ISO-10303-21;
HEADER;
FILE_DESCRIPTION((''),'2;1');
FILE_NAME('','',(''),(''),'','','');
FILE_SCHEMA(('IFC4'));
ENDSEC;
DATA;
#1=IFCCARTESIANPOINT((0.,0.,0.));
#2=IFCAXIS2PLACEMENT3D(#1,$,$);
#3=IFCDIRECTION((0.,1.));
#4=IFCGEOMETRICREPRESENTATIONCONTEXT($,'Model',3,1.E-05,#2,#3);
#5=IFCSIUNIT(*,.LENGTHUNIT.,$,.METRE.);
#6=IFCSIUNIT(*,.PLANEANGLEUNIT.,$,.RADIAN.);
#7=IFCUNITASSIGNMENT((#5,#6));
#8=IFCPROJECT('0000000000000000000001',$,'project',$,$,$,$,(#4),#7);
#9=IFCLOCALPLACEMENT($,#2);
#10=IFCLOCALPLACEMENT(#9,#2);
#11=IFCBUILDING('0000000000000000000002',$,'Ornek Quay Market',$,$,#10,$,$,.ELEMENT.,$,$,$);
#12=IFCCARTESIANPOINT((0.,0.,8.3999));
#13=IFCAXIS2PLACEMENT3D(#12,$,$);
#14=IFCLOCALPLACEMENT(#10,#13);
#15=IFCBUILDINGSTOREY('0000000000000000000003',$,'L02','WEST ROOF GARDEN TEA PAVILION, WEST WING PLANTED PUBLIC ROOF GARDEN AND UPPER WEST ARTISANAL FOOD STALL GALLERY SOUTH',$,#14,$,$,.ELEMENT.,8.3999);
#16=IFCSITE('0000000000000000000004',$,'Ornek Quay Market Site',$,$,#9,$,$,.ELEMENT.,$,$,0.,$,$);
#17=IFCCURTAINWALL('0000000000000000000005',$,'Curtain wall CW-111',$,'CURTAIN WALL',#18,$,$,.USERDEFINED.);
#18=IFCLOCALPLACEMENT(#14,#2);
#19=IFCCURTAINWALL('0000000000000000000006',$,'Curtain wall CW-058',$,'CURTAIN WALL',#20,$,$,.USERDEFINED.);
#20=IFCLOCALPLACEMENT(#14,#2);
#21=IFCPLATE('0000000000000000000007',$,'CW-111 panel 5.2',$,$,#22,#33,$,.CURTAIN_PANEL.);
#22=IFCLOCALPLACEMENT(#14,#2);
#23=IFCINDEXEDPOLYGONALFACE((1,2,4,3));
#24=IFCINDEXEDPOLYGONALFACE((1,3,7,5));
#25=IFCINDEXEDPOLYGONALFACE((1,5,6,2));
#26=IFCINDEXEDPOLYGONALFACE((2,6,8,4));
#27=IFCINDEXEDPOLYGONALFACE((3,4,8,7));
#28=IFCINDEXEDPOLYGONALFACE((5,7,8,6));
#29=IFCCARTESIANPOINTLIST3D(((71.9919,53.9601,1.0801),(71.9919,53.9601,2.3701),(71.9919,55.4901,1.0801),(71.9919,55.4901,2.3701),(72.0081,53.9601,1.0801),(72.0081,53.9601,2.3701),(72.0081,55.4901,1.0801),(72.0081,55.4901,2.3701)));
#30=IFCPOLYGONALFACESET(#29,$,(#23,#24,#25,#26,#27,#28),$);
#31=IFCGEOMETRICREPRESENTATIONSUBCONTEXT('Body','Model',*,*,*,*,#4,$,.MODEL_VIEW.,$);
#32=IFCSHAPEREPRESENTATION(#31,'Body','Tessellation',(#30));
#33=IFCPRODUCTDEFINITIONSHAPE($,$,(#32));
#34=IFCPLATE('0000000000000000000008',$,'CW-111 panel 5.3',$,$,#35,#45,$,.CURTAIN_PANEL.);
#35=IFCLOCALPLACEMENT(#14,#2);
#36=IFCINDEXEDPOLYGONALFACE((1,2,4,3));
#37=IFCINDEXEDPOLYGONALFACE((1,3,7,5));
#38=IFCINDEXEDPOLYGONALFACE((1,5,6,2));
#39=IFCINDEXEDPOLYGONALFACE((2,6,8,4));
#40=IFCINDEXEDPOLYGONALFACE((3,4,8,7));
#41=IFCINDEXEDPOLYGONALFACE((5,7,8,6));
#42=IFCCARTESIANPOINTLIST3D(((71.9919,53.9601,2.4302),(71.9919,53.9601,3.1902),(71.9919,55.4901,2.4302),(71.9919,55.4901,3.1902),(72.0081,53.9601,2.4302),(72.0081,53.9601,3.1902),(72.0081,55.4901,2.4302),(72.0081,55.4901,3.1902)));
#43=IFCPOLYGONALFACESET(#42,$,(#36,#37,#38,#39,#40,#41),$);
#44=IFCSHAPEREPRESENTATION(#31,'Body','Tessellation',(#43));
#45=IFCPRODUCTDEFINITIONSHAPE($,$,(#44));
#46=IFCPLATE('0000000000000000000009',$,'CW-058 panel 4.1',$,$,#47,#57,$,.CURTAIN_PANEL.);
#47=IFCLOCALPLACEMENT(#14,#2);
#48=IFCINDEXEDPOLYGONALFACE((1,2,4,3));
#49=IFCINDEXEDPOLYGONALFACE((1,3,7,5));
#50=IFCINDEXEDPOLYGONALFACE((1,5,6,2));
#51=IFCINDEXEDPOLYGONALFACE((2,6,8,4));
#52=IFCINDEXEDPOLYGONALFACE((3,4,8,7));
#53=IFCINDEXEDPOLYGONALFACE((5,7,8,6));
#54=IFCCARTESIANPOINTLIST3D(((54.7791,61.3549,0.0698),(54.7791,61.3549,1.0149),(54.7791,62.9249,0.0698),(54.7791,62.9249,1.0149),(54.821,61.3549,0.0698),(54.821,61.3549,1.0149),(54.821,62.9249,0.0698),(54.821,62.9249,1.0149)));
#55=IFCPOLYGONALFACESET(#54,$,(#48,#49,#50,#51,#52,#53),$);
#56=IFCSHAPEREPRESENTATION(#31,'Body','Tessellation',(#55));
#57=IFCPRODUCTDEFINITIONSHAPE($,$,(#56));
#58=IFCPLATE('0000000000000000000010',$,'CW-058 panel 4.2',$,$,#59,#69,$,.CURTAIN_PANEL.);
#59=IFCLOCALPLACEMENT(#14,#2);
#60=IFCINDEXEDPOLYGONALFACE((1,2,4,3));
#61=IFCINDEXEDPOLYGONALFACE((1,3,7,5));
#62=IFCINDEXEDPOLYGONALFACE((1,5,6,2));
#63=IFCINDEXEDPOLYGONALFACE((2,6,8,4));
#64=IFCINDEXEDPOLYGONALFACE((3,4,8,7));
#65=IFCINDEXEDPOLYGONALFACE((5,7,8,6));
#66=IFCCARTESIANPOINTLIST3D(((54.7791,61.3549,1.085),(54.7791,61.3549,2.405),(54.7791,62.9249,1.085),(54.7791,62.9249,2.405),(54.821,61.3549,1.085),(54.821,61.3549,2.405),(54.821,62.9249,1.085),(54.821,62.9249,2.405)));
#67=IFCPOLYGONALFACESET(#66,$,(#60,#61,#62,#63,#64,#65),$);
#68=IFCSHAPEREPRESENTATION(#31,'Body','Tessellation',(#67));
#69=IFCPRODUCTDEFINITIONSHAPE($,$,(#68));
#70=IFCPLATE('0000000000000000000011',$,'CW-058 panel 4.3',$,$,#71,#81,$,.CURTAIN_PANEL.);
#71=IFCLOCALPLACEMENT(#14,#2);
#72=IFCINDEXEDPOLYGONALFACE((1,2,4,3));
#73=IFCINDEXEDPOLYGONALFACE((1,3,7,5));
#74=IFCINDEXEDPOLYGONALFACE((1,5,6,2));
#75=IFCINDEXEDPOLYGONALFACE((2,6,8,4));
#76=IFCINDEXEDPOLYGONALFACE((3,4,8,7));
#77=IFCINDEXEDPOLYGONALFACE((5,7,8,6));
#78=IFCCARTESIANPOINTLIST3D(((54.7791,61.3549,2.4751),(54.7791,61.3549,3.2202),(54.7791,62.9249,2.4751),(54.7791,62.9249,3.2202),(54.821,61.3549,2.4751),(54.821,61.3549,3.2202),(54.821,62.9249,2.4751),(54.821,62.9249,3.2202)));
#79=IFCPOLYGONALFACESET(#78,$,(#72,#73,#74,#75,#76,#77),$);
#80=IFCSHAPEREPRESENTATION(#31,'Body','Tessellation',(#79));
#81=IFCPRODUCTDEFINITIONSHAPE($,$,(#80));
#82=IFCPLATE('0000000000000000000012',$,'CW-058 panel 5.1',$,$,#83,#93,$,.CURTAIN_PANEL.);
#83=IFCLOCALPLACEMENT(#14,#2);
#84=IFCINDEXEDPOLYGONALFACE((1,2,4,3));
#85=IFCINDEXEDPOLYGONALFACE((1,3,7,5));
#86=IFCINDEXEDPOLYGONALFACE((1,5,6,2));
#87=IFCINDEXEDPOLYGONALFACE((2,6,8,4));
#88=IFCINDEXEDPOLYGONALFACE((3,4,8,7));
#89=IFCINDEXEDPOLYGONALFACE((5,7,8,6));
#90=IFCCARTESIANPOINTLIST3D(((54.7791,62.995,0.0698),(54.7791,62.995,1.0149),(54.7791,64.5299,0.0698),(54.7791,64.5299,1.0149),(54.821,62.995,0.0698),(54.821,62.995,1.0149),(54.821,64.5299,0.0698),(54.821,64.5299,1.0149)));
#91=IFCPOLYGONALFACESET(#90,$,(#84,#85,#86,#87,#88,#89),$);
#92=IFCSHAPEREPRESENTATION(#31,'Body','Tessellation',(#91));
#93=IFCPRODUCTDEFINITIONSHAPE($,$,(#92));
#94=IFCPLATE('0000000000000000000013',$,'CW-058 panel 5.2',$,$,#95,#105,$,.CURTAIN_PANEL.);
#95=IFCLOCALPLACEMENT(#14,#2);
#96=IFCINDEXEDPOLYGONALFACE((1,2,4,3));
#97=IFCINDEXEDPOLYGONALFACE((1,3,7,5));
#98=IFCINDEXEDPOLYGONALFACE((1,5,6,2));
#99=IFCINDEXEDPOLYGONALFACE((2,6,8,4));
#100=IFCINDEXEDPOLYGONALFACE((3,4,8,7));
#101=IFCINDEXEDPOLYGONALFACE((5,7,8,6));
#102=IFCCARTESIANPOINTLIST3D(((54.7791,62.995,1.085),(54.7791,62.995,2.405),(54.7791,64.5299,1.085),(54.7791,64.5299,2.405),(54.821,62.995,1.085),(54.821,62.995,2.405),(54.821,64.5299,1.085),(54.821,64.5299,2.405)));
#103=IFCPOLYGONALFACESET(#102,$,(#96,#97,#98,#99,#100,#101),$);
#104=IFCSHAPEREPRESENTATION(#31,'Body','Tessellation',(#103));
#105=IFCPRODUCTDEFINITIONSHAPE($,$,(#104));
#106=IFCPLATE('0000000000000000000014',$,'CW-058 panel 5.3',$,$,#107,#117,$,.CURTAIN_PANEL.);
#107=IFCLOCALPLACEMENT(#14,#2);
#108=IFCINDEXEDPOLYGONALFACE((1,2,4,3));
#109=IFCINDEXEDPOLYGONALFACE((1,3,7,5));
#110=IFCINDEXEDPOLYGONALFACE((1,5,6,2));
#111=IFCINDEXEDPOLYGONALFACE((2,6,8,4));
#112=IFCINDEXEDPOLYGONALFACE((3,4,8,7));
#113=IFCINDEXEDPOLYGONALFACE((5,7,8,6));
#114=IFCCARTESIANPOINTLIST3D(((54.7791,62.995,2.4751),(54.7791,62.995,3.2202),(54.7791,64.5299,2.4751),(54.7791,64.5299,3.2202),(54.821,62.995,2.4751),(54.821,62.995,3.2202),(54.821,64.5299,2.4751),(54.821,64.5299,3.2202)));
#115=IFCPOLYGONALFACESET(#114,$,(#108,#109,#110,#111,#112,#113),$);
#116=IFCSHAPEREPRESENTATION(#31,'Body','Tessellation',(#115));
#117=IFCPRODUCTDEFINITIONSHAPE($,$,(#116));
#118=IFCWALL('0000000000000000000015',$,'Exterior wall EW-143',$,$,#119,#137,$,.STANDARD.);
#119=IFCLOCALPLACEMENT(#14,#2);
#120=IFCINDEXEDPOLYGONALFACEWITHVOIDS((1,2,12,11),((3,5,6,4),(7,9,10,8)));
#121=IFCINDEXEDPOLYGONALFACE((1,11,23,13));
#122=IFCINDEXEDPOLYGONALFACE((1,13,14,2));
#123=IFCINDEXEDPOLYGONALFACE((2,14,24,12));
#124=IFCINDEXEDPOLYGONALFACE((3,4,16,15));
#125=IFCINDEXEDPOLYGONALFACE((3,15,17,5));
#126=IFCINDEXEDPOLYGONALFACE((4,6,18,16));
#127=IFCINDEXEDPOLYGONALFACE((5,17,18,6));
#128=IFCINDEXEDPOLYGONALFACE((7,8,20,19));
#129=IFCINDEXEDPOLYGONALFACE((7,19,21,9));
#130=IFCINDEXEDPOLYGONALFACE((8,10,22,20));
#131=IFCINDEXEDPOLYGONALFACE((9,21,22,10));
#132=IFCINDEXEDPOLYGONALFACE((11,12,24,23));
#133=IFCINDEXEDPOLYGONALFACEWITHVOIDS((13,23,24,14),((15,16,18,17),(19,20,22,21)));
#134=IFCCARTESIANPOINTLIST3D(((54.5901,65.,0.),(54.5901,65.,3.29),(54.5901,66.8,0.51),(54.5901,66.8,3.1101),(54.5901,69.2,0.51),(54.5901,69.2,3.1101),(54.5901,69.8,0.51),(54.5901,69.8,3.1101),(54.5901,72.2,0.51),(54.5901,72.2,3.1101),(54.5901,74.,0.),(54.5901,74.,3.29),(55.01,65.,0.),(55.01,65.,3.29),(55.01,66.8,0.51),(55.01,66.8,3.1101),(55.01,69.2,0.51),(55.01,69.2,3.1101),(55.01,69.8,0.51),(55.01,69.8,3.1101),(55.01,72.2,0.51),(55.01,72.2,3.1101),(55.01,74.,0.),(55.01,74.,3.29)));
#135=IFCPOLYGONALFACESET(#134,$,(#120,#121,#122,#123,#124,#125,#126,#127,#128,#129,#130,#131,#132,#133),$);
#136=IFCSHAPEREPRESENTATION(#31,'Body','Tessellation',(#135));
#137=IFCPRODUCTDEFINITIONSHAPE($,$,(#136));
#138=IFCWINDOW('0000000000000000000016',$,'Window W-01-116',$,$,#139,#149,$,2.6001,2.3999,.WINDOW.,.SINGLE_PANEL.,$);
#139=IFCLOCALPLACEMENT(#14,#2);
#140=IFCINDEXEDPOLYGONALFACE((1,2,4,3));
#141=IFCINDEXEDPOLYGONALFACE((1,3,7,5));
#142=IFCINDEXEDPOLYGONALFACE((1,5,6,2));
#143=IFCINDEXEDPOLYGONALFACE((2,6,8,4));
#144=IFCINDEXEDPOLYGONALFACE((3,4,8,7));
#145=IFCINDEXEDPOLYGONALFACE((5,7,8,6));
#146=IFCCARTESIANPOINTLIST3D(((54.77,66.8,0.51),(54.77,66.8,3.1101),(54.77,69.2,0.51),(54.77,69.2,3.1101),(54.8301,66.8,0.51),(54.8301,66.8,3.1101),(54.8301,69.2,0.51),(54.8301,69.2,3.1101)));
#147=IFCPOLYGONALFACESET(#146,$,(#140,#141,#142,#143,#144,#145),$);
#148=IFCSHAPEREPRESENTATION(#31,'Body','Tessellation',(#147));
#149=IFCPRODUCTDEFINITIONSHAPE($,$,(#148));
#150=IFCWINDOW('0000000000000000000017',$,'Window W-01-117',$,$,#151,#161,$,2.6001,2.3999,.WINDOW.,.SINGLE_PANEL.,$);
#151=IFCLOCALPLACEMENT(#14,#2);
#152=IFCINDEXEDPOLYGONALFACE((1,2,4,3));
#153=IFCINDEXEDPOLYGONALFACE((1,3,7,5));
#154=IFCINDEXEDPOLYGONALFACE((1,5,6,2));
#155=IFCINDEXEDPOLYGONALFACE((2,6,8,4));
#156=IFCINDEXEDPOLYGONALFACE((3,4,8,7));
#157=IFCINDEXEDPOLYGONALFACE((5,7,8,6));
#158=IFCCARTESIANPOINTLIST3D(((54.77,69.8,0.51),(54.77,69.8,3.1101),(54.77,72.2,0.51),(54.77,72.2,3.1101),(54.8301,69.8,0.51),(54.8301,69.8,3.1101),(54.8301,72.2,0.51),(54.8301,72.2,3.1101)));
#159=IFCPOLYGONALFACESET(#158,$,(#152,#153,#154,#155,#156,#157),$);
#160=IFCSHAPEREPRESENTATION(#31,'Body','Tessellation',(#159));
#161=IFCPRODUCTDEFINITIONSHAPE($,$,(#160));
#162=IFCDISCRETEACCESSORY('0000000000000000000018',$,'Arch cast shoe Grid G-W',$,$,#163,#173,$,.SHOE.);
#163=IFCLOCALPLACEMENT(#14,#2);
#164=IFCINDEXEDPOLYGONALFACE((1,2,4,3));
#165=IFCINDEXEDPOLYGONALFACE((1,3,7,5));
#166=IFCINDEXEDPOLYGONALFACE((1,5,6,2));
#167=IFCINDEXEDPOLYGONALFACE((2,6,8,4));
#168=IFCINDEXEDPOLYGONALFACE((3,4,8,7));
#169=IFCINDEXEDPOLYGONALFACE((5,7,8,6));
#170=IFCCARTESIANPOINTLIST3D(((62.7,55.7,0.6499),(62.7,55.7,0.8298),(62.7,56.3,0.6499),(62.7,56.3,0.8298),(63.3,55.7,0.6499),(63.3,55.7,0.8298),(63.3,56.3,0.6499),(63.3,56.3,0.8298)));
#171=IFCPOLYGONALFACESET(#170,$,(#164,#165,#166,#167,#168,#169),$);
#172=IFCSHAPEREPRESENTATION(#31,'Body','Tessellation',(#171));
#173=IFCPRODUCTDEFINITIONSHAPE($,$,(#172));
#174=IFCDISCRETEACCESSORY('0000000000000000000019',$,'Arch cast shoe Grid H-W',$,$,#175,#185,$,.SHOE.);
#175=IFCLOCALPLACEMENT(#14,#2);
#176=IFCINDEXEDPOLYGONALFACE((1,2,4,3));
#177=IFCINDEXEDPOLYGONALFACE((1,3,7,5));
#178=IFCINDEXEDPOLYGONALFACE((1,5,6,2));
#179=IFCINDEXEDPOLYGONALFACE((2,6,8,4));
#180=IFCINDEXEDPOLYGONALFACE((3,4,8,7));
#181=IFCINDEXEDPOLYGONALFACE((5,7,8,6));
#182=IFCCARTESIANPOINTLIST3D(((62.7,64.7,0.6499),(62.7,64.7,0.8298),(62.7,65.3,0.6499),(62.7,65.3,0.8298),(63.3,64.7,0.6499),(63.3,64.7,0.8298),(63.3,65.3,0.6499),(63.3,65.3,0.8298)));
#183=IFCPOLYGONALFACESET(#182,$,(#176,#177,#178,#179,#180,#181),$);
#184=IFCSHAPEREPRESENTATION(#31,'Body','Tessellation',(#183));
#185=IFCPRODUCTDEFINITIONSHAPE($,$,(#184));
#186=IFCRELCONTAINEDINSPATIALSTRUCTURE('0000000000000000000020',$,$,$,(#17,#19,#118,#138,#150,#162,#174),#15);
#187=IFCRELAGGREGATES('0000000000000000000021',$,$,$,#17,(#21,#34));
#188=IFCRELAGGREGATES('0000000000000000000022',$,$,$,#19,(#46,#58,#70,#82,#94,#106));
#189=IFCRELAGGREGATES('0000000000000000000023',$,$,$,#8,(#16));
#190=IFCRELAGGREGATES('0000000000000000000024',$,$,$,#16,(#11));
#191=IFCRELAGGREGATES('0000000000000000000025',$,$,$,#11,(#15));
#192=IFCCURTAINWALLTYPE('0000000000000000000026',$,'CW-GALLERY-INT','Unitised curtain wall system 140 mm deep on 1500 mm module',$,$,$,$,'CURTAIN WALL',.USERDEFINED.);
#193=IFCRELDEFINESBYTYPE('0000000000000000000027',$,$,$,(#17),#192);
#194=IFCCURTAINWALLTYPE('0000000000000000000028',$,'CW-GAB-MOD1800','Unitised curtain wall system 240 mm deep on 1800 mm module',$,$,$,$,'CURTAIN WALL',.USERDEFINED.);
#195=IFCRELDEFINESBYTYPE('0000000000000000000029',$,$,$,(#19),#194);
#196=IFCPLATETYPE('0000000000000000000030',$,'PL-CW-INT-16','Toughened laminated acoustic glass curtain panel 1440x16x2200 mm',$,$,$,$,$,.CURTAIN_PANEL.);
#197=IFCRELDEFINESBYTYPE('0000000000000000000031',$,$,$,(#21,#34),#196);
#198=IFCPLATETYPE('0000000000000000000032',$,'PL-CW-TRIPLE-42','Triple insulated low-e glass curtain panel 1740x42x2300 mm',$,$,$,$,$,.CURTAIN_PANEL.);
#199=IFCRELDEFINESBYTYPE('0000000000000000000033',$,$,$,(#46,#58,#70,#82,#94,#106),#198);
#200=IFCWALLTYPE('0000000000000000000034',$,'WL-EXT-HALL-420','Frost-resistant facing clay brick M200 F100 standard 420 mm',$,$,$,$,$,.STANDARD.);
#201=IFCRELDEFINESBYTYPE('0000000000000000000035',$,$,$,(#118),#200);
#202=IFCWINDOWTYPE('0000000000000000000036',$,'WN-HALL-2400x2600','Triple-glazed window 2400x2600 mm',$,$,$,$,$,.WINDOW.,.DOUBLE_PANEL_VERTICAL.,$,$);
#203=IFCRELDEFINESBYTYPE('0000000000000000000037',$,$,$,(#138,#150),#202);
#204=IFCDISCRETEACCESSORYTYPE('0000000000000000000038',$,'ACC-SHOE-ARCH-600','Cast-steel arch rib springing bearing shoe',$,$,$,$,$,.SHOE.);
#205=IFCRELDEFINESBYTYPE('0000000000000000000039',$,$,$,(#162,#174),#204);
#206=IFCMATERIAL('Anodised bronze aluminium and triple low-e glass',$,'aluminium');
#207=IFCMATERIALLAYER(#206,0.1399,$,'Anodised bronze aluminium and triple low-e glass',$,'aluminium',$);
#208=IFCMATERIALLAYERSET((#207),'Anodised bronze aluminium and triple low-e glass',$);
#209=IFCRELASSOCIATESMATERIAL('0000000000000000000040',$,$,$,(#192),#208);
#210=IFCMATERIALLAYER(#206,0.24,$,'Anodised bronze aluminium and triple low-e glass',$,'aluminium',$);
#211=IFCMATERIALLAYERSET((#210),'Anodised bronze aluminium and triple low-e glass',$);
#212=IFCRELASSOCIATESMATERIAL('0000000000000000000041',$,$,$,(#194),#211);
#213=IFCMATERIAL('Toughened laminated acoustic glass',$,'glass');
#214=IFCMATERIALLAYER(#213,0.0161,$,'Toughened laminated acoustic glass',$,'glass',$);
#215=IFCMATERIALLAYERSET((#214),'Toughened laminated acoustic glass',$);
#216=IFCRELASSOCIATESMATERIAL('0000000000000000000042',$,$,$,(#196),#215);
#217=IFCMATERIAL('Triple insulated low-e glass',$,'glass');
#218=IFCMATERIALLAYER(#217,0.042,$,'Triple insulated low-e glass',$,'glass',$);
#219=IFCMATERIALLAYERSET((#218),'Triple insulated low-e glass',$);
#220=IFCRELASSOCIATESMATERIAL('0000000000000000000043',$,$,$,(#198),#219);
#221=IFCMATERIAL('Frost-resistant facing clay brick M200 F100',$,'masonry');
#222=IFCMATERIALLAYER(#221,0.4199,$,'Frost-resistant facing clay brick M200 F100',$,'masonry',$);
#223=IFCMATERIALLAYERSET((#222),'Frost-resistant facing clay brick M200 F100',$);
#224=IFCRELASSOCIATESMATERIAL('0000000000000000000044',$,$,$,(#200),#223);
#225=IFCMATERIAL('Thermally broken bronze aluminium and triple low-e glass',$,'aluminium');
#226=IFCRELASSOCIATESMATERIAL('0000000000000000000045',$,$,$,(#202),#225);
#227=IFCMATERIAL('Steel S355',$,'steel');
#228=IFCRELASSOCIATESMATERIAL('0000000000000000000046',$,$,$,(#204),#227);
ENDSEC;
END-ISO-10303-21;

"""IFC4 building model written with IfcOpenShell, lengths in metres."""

from ifc_helpers import new_model, si_unit, direction, frame, frame_2d, origin, origin_2d, place, context, subcontext, project, spatial, rectangle, extrude, material, layer, layer_set, type_object, element, fill, aggregate, save


model = new_model("IFC4")

# Units and contexts
model_context = context("Model", 3, precision=1e-05, world=origin(), true_north=direction((0.0, 1.0)))
body_context = subcontext(model_context, "Body", "Model", "MODEL_VIEW")
ifc_project = project(units=[si_unit("LENGTHUNIT", "METRE"), si_unit("PLANEANGLEUNIT", "RADIAN")], contexts=[model_context])

# Site, building, storey
site_placement = place(None, origin())
site = spatial("IfcSite", under=ifc_project, at=site_placement, Name="Ornek Quay Market Site", CompositionType="ELEMENT", RefElevation=0.0)
building_placement = place(site_placement, origin())
building = spatial("IfcBuilding", under=site, at=building_placement, Name="Ornek Quay Market", CompositionType="ELEMENT")
storey_placement = place(building_placement, frame((0.0, 0.0, 8.3999)))
storey = spatial("IfcBuildingStorey", under=building, at=storey_placement, Name="L02", Description="WEST ROOF GARDEN TEA PAVILION, WEST WING PLANTED PUBLIC ROOF GARDEN AND UPPER WEST ARTISANAL FOOD STALL GALLERY SOUTH", CompositionType="ELEMENT", Elevation=8.3999)

# Curtain wall
ifc_material_1 = material(Name="Anodised bronze aluminium and triple low-e glass", Category="aluminium")
ifc_layer_1 = layer(ifc_material_1, 0.1399, Name="Anodised bronze aluminium and triple low-e glass", Category="aluminium")
ifc_layer_set_1 = layer_set([ifc_layer_1], Name="Anodised bronze aluminium and triple low-e glass")
curtain_wall_type_1 = type_object("IfcCurtainWallType", Name="CW-GALLERY-INT", Description="Unitised curtain wall system 140 mm deep on 1500 mm module", ElementType="CURTAIN WALL", PredefinedType="USERDEFINED", material=ifc_layer_set_1)
curtain_wall_1_placement = place(storey_placement, origin())
curtain_wall_1 = element("IfcCurtainWall", 1, at=curtain_wall_1_placement, inside=storey, type_object=curtain_wall_type_1, Name="Curtain wall CW-111", ObjectType="CURTAIN WALL", PredefinedType="USERDEFINED")

# Curtain wall
ifc_layer_2 = layer(ifc_material_1, 0.24, Name="Anodised bronze aluminium and triple low-e glass", Category="aluminium")
ifc_layer_set_2 = layer_set([ifc_layer_2], Name="Anodised bronze aluminium and triple low-e glass")
curtain_wall_type_2 = type_object("IfcCurtainWallType", Name="CW-GAB-MOD1800", Description="Unitised curtain wall system 240 mm deep on 1800 mm module", ElementType="CURTAIN WALL", PredefinedType="USERDEFINED", material=ifc_layer_set_2)
curtain_wall_2_placement = place(storey_placement, origin())
curtain_wall_2 = element("IfcCurtainWall", 2, at=curtain_wall_2_placement, inside=storey, type_object=curtain_wall_type_2, Name="Curtain wall CW-058", ObjectType="CURTAIN WALL", PredefinedType="USERDEFINED")

# Shared definitions
ifc_material_2 = material(Name="Steel S355", Category="steel")

# Plates
ifc_material_3 = material(Name="Toughened laminated acoustic glass", Category="glass")
ifc_layer_3 = layer(ifc_material_3, 0.0161, Name="Toughened laminated acoustic glass", Category="glass")
ifc_layer_set_3 = layer_set([ifc_layer_3], Name="Toughened laminated acoustic glass")
plate_type_1 = type_object("IfcPlateType", Name="PL-CW-INT-16", Description="Toughened laminated acoustic glass curtain panel 1440x16x2200 mm", PredefinedType="CURTAIN_PANEL", material=ifc_layer_set_3)
plate_1_placement = place(storey_placement, frame((72.0, 54.7251, 1.0801), z_axis=(0.0, 0.0, 1.0), x_axis=(0.0, 1.0, 0.0)))
plate_1 = element("IfcPlate", 3, at=plate_1_placement, type_object=plate_type_1, Name="CW-111 panel 5.2", PredefinedType="CURTAIN_PANEL", context=body_context, shape_type="SweptSolid", body=[
    extrude(rectangle(XDim=1.53, YDim=0.0161, at=origin_2d()), origin(), (0.0, 0.0, 1.0), 1.29),
])
plate_2_placement = place(storey_placement, frame((72.0, 54.7251, 2.4302), z_axis=(0.0, 0.0, 1.0), x_axis=(0.0, 1.0, 0.0)))
plate_2 = element("IfcPlate", 4, at=plate_2_placement, type_object=plate_type_1, Name="CW-111 panel 5.3", PredefinedType="CURTAIN_PANEL", context=body_context, shape_type="SweptSolid", body=[
    extrude(rectangle(XDim=1.53, YDim=0.0161, at=origin_2d()), origin(), (0.0, 0.0, 1.0), 0.76),
])
aggregate(curtain_wall_1, [plate_1, plate_2])
ifc_material_4 = material(Name="Triple insulated low-e glass", Category="glass")
ifc_layer_4 = layer(ifc_material_4, 0.042, Name="Triple insulated low-e glass", Category="glass")
ifc_layer_set_4 = layer_set([ifc_layer_4], Name="Triple insulated low-e glass")
plate_type_2 = type_object("IfcPlateType", Name="PL-CW-TRIPLE-42", Description="Triple insulated low-e glass curtain panel 1740x42x2300 mm", PredefinedType="CURTAIN_PANEL", material=ifc_layer_set_4)
plate_3_placement = place(storey_placement, frame((54.8, 62.1399, 0.0698), z_axis=(0.0, 0.0, 1.0), x_axis=(0.0, 1.0, 0.0)))
plate_3 = element("IfcPlate", 5, at=plate_3_placement, type_object=plate_type_2, Name="CW-058 panel 4.1", PredefinedType="CURTAIN_PANEL", context=body_context, shape_type="SweptSolid", body=[
    extrude(rectangle(XDim=1.5701, YDim=0.042, at=origin_2d()), origin(), (0.0, 0.0, 1.0), 0.9451),
])
plate_4_placement = place(storey_placement, frame((54.8, 62.1399, 1.085), z_axis=(0.0, 0.0, 1.0), x_axis=(0.0, 1.0, 0.0)))
plate_4 = element("IfcPlate", 6, at=plate_4_placement, type_object=plate_type_2, Name="CW-058 panel 4.2", PredefinedType="CURTAIN_PANEL", context=body_context, shape_type="SweptSolid", body=[
    extrude(rectangle(XDim=1.5701, YDim=0.042, at=origin_2d()), origin(), (0.0, 0.0, 1.0), 1.3201),
])
plate_5_placement = place(storey_placement, frame((54.8, 62.1399, 2.4751), z_axis=(0.0, 0.0, 1.0), x_axis=(0.0, 1.0, 0.0)))
plate_5 = element("IfcPlate", 7, at=plate_5_placement, type_object=plate_type_2, Name="CW-058 panel 4.3", PredefinedType="CURTAIN_PANEL", context=body_context, shape_type="SweptSolid", body=[
    extrude(rectangle(XDim=1.5701, YDim=0.042, at=origin_2d()), origin(), (0.0, 0.0, 1.0), 0.7451),
])
plate_6_placement = place(storey_placement, frame((54.8, 63.7625, 0.0698), z_axis=(0.0, 0.0, 1.0), x_axis=(0.0, 1.0, 0.0)))
plate_6 = element("IfcPlate", 8, at=plate_6_placement, type_object=plate_type_2, Name="CW-058 panel 5.1", PredefinedType="CURTAIN_PANEL", context=body_context, shape_type="SweptSolid", body=[
    extrude(rectangle(XDim=1.5349, YDim=0.042, at=origin_2d()), origin(), (0.0, 0.0, 1.0), 0.9451),
])
plate_7_placement = place(storey_placement, frame((54.8, 63.7625, 1.085), z_axis=(0.0, 0.0, 1.0), x_axis=(0.0, 1.0, 0.0)))
plate_7 = element("IfcPlate", 9, at=plate_7_placement, type_object=plate_type_2, Name="CW-058 panel 5.2", PredefinedType="CURTAIN_PANEL", context=body_context, shape_type="SweptSolid", body=[
    extrude(rectangle(XDim=1.5349, YDim=0.042, at=origin_2d()), origin(), (0.0, 0.0, 1.0), 1.3201),
])
plate_8_placement = place(storey_placement, frame((54.8, 63.7625, 2.4751), z_axis=(0.0, 0.0, 1.0), x_axis=(0.0, 1.0, 0.0)))
plate_8 = element("IfcPlate", 10, at=plate_8_placement, type_object=plate_type_2, Name="CW-058 panel 5.3", PredefinedType="CURTAIN_PANEL", context=body_context, shape_type="SweptSolid", body=[
    extrude(rectangle(XDim=1.5349, YDim=0.042, at=origin_2d()), origin(), (0.0, 0.0, 1.0), 0.7451),
])
aggregate(curtain_wall_2, [plate_3, plate_4, plate_5, plate_6, plate_7, plate_8])

# Wall, openings, windows
ifc_material_5 = material(Name="Frost-resistant facing clay brick M200 F100", Category="masonry")
ifc_layer_5 = layer(ifc_material_5, 0.4199, Name="Frost-resistant facing clay brick M200 F100", Category="masonry")
ifc_layer_set_5 = layer_set([ifc_layer_5], Name="Frost-resistant facing clay brick M200 F100")
wall_type = type_object("IfcWallType", Name="WL-EXT-HALL-420", Description="Frost-resistant facing clay brick M200 F100 standard 420 mm", PredefinedType="STANDARD", material=ifc_layer_set_5)
wall_placement = place(storey_placement, frame((54.8, 65.0, 0.0), z_axis=(0.0, 0.0, 1.0), x_axis=(0.0, 1.0, 0.0)))
wall = element("IfcWall", 11, at=wall_placement, inside=storey, type_object=wall_type, Name="Exterior wall EW-143", PredefinedType="STANDARD", context=body_context, shape_type="SweptSolid", body=[
    extrude(rectangle(XDim=9.0, YDim=0.4199, at=frame_2d((4.5, 0.0))), origin(), (0.0, 0.0, 1.0), 3.29),
])
opening_1_placement = place(wall_placement, frame((1.8, 0.0, 0.51)))
opening_1 = element("IfcOpeningElement", 12, at=opening_1_placement, cuts=wall, PredefinedType="OPENING", context=body_context, shape_type="SweptSolid", body=[
    extrude(rectangle(XDim=2.3999, YDim=2.6001, at=frame_2d((1.2, 1.3))), frame((0.0, 0.22, 0.0), z_axis=(0.0, -1.0, 0.0), x_axis=(1.0, 0.0, 0.0)), (0.0, 0.0, 1.0), 0.4399),
])
opening_2_placement = place(wall_placement, frame((4.8, 0.0, 0.51)))
opening_2 = element("IfcOpeningElement", 13, at=opening_2_placement, cuts=wall, PredefinedType="OPENING", context=body_context, shape_type="SweptSolid", body=[
    extrude(rectangle(XDim=2.3999, YDim=2.6001, at=frame_2d((1.2, 1.3))), frame((0.0, 0.22, 0.0), z_axis=(0.0, -1.0, 0.0), x_axis=(1.0, 0.0, 0.0)), (0.0, 0.0, 1.0), 0.4399),
])
ifc_material_6 = material(Name="Thermally broken bronze aluminium and triple low-e glass", Category="aluminium")
window_type = type_object("IfcWindowType", Name="WN-HALL-2400x2600", Description="Triple-glazed window 2400x2600 mm", PartitioningType="DOUBLE_PANEL_VERTICAL", PredefinedType="WINDOW", material=ifc_material_6)
window_1_placement = place(opening_1_placement, origin())
window_1 = element("IfcWindow", 14, at=window_1_placement, inside=storey, type_object=window_type, Name="Window W-01-116", OverallHeight=2.6001, OverallWidth=2.3999, PartitioningType="SINGLE_PANEL", PredefinedType="WINDOW", context=body_context, shape_type="SweptSolid", body=[
    extrude(rectangle(XDim=2.3999, YDim=2.6001, at=frame_2d((1.2, 1.3))), frame((0.0, 0.03, 0.0), z_axis=(0.0, -1.0, 0.0), x_axis=(1.0, 0.0, 0.0)), (0.0, 0.0, 1.0), 0.0601),
])
fill(opening_1, window_1)
window_2_placement = place(opening_2_placement, origin())
window_2 = element("IfcWindow", 15, at=window_2_placement, inside=storey, type_object=window_type, Name="Window W-01-117", OverallHeight=2.6001, OverallWidth=2.3999, PartitioningType="SINGLE_PANEL", PredefinedType="WINDOW", context=body_context, shape_type="SweptSolid", body=[
    extrude(rectangle(XDim=2.3999, YDim=2.6001, at=frame_2d((1.2, 1.3))), frame((0.0, 0.03, 0.0), z_axis=(0.0, -1.0, 0.0), x_axis=(1.0, 0.0, 0.0)), (0.0, 0.0, 1.0), 0.0601),
])
fill(opening_2, window_2)

# Discrete accessories
discrete_accessory_type = type_object("IfcDiscreteAccessoryType", Name="ACC-SHOE-ARCH-600", Description="Cast-steel arch rib springing bearing shoe", PredefinedType="SHOE", material=ifc_material_2)
for number, where, z_axis, x_axis, name in (
    (16, (63.0, 56.0, 0.6499), (0.0, 0.0, 1.0), (1.0, 0.0, 0.0), "Arch cast shoe Grid G-W"),
    (17, (63.0, 65.0, 0.6499), (0.0, 0.0, 1.0), (1.0, 0.0, 0.0), "Arch cast shoe Grid H-W"),
):
    element("IfcDiscreteAccessory", number, at=place(storey_placement, frame(where, z_axis=z_axis, x_axis=x_axis)), inside=storey, type_object=discrete_accessory_type, Name=name, PredefinedType="SHOE", context=body_context, shape_type="SweptSolid", body=[
        extrude(rectangle(XDim=0.6001, YDim=0.6001, at=origin_2d()), origin(), (0.0, 0.0, 1.0), 0.1799),
    ])

save(model, "model.ifc")
